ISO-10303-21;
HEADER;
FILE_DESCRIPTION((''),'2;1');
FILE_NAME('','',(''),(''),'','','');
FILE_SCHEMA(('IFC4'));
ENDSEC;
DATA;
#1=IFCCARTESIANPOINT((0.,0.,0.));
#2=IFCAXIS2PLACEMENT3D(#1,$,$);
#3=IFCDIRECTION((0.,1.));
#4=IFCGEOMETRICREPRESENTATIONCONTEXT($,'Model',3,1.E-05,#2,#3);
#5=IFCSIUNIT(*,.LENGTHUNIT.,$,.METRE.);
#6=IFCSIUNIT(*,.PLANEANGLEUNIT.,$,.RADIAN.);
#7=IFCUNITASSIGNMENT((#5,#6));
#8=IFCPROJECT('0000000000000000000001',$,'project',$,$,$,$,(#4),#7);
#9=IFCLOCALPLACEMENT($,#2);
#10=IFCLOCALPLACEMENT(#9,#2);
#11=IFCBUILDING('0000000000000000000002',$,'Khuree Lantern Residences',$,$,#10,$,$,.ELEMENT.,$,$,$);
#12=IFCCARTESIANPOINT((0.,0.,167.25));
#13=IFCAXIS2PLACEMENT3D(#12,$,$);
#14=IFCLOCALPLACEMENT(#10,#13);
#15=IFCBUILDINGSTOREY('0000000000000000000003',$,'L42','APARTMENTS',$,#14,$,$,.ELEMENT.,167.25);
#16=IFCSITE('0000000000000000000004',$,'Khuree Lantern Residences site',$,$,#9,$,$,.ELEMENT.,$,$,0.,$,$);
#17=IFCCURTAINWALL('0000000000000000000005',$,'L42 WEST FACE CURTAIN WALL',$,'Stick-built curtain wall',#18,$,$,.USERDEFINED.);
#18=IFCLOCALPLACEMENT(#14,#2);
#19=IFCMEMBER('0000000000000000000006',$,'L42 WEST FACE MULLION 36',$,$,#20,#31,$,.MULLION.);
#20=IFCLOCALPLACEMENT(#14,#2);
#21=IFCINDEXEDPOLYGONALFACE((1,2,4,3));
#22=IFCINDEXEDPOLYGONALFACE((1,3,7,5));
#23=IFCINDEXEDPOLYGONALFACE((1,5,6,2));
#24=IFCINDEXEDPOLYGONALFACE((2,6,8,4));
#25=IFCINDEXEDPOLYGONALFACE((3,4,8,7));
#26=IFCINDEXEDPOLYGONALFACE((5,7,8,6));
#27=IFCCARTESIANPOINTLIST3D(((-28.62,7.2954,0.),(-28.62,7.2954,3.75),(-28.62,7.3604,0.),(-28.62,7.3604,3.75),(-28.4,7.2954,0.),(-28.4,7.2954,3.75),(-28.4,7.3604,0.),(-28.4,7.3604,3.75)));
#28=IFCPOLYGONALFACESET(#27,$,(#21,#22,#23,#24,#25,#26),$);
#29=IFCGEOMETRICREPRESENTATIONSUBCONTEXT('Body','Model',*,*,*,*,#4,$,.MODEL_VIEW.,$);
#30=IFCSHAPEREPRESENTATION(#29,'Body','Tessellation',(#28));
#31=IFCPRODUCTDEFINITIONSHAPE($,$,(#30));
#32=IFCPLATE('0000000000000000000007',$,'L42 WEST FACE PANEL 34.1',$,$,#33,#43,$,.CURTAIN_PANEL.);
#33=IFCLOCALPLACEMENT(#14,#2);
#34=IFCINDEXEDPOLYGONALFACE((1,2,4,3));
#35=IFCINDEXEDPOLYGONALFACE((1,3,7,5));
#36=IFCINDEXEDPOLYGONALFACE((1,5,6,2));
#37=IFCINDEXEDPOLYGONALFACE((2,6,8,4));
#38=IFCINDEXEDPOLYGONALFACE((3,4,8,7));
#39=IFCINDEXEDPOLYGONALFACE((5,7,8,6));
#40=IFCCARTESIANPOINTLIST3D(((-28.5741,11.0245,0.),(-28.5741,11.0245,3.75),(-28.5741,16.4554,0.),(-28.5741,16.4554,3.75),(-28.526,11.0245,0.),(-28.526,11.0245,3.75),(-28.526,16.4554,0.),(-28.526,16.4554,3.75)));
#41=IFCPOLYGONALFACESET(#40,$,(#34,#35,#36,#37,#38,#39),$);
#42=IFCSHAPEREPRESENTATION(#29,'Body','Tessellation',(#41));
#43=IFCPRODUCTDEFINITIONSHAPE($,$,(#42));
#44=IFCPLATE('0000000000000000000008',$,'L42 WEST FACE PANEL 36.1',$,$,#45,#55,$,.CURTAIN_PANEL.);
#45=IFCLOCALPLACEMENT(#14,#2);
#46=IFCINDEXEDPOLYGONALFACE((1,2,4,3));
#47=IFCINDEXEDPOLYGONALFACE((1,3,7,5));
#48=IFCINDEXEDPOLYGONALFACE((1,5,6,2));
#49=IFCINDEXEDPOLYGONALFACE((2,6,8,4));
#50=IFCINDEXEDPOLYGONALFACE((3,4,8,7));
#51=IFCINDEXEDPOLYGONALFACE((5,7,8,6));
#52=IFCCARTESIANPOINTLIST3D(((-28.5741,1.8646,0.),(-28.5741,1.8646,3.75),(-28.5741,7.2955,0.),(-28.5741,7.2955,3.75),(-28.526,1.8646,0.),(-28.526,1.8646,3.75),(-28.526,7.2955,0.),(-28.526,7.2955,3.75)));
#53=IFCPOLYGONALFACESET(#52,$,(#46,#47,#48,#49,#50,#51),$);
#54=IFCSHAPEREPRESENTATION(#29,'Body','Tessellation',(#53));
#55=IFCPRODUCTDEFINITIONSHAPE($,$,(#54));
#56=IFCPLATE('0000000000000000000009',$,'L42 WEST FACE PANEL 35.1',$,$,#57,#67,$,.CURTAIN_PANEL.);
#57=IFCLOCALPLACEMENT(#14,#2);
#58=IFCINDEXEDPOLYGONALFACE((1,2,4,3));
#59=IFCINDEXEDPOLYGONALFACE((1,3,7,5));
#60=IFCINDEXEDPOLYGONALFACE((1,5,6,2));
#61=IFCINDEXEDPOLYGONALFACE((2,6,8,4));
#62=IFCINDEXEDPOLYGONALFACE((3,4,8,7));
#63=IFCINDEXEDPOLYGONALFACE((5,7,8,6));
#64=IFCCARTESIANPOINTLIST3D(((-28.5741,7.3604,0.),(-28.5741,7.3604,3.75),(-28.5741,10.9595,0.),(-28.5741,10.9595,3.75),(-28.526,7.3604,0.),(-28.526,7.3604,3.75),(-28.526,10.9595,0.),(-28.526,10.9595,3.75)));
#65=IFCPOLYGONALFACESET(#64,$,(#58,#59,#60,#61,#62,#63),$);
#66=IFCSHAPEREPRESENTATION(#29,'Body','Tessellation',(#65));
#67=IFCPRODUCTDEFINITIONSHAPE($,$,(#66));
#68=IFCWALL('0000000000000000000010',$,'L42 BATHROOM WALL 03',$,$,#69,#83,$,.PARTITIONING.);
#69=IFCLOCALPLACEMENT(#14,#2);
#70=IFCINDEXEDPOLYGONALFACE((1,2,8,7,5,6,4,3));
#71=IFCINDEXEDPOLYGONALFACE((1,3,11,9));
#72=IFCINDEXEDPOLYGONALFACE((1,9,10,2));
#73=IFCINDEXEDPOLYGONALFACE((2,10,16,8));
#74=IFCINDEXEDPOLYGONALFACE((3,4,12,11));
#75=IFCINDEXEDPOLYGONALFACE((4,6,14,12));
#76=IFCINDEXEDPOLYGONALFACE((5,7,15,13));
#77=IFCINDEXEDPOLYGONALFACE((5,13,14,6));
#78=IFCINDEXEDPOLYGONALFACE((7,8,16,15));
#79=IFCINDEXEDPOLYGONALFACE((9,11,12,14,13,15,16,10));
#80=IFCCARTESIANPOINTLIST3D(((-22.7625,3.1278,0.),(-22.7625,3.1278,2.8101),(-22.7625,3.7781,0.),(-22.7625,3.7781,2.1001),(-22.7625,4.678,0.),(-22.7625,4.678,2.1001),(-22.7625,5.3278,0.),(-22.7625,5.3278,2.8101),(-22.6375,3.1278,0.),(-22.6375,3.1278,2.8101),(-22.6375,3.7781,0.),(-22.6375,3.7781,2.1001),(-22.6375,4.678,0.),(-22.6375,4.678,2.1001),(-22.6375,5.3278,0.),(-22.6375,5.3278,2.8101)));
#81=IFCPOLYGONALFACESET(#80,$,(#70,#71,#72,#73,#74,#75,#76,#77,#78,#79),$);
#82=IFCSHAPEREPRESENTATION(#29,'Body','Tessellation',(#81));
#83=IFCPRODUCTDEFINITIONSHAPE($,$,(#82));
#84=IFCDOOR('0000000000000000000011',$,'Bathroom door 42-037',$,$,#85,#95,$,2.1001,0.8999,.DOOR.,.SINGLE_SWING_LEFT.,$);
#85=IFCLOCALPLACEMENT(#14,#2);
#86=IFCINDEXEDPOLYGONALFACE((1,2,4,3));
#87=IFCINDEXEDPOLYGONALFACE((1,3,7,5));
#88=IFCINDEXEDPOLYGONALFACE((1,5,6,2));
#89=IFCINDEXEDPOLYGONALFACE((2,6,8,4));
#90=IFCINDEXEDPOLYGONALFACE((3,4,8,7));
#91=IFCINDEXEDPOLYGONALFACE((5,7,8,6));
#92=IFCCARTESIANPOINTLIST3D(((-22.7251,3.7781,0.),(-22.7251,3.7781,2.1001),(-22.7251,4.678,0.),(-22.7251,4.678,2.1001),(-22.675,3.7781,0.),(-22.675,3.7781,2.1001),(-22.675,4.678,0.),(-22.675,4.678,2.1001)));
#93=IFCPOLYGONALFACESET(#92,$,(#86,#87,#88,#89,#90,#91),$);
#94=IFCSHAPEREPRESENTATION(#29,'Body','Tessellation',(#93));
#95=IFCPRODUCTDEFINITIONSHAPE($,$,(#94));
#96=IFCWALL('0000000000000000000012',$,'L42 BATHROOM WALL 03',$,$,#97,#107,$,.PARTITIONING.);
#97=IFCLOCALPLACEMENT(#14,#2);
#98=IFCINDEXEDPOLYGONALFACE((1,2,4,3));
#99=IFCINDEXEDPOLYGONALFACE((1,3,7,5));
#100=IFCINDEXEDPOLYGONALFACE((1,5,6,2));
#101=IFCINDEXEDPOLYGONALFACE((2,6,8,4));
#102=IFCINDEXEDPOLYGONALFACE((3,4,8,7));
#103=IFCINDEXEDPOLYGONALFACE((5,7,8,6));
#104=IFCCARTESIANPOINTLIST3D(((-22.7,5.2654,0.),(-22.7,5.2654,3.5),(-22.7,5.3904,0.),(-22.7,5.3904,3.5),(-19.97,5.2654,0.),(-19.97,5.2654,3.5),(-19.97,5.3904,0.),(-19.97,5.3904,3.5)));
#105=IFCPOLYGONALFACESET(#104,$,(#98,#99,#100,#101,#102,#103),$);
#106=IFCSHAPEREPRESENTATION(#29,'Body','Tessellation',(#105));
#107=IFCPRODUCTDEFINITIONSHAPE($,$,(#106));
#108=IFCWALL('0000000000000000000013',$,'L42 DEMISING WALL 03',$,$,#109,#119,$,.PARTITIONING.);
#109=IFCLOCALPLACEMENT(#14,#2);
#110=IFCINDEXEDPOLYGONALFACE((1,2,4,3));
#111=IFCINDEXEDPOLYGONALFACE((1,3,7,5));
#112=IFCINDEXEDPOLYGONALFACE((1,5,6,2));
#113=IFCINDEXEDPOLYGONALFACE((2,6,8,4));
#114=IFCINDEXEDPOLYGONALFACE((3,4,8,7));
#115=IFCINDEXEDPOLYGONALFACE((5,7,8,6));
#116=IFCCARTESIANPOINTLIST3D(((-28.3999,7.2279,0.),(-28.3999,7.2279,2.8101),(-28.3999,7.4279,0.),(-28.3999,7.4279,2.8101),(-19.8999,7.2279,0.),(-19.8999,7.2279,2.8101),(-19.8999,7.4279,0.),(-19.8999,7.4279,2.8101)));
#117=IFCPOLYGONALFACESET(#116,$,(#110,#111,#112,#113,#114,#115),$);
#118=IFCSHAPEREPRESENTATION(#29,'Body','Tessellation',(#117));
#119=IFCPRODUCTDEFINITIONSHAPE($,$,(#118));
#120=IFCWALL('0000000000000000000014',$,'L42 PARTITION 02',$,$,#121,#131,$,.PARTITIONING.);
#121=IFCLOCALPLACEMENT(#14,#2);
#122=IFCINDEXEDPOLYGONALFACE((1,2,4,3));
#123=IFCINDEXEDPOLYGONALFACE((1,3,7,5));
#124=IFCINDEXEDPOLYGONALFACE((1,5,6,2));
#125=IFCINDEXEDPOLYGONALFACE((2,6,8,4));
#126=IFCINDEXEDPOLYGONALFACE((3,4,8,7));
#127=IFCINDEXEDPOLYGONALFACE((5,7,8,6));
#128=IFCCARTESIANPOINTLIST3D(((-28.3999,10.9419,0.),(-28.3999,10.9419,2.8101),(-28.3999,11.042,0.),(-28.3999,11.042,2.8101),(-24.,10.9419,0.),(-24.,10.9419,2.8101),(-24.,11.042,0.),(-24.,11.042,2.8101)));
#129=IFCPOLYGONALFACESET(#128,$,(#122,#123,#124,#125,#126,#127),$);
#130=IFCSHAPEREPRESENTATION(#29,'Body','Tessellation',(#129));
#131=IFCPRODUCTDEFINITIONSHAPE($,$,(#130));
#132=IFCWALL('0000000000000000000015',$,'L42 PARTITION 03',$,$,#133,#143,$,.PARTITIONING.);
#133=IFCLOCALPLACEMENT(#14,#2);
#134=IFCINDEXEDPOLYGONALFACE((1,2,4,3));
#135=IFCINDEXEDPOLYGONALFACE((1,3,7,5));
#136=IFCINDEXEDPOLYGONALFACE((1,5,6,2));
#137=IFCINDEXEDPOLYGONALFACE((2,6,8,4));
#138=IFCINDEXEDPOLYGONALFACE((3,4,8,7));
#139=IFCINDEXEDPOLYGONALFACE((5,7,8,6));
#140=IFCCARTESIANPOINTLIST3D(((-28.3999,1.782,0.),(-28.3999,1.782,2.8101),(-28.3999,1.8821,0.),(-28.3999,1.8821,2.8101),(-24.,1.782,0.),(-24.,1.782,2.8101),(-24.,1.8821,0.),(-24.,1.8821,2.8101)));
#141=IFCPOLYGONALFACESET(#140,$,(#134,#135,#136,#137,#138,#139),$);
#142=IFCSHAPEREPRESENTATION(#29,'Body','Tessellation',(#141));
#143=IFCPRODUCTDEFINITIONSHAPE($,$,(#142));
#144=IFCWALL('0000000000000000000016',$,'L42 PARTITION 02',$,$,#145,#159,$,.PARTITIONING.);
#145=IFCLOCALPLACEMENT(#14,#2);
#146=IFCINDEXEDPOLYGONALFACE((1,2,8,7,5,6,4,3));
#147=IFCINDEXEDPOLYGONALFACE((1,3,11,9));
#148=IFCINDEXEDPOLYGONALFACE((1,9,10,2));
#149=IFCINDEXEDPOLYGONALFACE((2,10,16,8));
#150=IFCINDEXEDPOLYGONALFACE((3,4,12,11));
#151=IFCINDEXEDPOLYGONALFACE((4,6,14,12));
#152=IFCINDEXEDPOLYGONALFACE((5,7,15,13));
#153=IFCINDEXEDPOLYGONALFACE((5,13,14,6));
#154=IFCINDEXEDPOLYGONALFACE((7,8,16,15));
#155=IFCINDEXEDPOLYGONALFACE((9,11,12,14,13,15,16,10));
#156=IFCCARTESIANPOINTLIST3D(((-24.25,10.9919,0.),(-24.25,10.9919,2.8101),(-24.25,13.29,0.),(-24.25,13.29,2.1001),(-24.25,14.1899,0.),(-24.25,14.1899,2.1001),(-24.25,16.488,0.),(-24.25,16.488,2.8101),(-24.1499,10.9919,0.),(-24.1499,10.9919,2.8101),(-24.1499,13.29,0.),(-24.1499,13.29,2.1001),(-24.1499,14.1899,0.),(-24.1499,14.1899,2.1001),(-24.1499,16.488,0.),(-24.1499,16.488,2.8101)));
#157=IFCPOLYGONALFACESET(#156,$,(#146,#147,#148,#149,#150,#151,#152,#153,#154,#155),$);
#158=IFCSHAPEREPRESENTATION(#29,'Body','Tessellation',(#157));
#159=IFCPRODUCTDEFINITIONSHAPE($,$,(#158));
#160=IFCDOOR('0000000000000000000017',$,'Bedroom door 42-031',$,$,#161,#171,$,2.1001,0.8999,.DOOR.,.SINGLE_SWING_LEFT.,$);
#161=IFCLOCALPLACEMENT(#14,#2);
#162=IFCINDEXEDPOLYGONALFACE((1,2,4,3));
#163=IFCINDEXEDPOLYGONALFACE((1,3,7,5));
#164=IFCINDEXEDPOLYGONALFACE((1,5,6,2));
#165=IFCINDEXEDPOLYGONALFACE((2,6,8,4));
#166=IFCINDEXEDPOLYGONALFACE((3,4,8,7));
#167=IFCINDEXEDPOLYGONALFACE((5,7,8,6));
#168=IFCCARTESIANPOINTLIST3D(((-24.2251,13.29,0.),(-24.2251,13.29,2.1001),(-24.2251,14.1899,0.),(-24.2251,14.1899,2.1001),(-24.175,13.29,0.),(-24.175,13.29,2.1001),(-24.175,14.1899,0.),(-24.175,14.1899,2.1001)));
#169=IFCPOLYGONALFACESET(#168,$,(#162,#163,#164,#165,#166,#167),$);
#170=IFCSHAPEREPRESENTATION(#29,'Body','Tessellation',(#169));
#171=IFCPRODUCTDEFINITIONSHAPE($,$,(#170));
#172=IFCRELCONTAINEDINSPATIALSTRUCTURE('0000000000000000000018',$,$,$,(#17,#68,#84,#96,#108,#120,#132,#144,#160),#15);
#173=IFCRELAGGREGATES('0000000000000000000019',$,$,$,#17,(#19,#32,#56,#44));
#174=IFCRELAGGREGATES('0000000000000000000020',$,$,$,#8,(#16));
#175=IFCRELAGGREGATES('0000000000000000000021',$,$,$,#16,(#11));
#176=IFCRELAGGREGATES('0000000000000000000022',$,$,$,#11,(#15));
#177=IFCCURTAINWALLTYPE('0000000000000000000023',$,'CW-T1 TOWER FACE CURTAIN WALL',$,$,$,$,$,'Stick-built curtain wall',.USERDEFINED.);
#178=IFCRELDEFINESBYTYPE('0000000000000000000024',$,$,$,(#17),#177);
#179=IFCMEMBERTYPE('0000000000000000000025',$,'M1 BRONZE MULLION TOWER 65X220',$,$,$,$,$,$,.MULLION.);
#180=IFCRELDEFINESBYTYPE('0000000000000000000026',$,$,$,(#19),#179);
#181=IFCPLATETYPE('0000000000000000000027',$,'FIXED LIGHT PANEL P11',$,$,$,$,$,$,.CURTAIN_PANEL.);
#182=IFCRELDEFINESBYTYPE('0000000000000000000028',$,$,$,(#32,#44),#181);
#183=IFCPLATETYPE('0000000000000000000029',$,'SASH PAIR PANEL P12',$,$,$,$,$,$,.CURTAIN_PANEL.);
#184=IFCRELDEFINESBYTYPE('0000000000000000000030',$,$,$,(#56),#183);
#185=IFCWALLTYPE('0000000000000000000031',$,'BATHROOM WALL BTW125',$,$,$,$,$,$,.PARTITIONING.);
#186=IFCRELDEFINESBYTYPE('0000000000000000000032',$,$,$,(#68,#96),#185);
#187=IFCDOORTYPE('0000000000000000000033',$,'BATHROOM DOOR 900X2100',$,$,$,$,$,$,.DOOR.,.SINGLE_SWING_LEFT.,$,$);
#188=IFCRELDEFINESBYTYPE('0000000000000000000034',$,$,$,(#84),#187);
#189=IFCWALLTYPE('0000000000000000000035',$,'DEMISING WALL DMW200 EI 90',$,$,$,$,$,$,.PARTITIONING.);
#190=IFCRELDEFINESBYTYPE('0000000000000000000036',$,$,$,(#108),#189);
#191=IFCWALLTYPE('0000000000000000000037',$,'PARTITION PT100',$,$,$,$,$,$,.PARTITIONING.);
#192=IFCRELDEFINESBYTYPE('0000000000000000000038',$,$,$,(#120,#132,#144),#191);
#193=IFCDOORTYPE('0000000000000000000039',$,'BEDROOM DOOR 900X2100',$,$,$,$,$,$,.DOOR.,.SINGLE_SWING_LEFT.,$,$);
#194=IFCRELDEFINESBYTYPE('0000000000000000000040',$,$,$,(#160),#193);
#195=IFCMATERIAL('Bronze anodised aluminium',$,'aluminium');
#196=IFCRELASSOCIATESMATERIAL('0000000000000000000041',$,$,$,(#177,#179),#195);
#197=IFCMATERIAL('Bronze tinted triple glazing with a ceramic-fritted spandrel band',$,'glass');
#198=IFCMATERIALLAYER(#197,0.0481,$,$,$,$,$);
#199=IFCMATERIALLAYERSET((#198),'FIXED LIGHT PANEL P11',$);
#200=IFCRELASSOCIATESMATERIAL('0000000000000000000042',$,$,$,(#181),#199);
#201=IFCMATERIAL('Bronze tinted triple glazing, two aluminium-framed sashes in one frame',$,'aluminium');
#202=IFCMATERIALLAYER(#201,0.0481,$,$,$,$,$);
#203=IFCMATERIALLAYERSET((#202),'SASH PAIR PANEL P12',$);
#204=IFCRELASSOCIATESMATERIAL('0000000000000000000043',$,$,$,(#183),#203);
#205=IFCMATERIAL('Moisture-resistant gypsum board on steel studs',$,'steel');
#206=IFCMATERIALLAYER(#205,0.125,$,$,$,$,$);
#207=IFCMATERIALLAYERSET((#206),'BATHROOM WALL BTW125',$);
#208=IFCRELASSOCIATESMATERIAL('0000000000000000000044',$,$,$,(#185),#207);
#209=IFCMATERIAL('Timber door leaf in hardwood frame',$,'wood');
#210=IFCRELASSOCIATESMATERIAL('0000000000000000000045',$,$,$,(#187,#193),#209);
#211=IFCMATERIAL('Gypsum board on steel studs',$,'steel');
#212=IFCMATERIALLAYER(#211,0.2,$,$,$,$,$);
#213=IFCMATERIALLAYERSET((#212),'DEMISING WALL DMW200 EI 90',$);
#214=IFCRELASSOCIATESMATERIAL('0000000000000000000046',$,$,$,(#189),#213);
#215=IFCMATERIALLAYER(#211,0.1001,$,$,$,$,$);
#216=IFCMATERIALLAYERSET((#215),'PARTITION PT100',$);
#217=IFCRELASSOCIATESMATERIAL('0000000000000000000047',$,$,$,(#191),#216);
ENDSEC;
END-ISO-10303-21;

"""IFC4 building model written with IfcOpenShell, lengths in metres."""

from ifc_helpers import new_model, si_unit, direction, frame, frame_2d, origin, origin_2d, place, context, subcontext, project, spatial, rectangle, extrude, material, layer, layer_set, material_profile, profile_set, type_object, element, fill, aggregate, save


model = new_model("IFC4")

# Units and contexts
model_context = context("Model", 3, precision=1e-05, world=origin(), true_north=direction((0.0, 1.0)))
body_context = subcontext(model_context, "Body", "Model", "MODEL_VIEW")
ifc_project = project(units=[si_unit("LENGTHUNIT", "METRE"), si_unit("PLANEANGLEUNIT", "RADIAN")], contexts=[model_context])

# Site, building, storey
site_placement = place(None, origin())
site = spatial("IfcSite", under=ifc_project, at=site_placement, Name="Khuree Lantern Residences site", CompositionType="ELEMENT", RefElevation=0.0)
building_placement = place(site_placement, origin())
building = spatial("IfcBuilding", under=site, at=building_placement, Name="Khuree Lantern Residences", CompositionType="ELEMENT")
storey_placement = place(building_placement, frame((0.0, 0.0, 167.25)))
storey = spatial("IfcBuildingStorey", under=building, at=storey_placement, Name="L42", Description="APARTMENTS", CompositionType="ELEMENT", Elevation=167.25)

# Curtain wall
ifc_material_1 = material(Name="Bronze anodised aluminium", Category="aluminium")
curtain_wall_type = type_object("IfcCurtainWallType", Name="CW-T1 TOWER FACE CURTAIN WALL", ElementType="Stick-built curtain wall", PredefinedType="USERDEFINED", material=ifc_material_1)
curtain_wall_placement = place(storey_placement, origin())
curtain_wall = element("IfcCurtainWall", 1, at=curtain_wall_placement, inside=storey, type_object=curtain_wall_type, Name="L42 WEST FACE CURTAIN WALL", ObjectType="Stick-built curtain wall", PredefinedType="USERDEFINED")

# Member
ifc_material_profile_1 = material_profile(ifc_material_1, rectangle(XDim=0.0649, YDim=0.22, at=origin_2d()), Name="M1 65X220")
ifc_profile_set_1 = profile_set([ifc_material_profile_1], Name="Bronze anodised aluminium")
member_type_1 = type_object("IfcMemberType", Name="M1 BRONZE MULLION TOWER 65X220", PredefinedType="MULLION", material=ifc_profile_set_1)
member_1_placement = place(storey_placement, frame((-28.51, 7.3279, 0.0), z_axis=(0.0, 0.0, 1.0), x_axis=(0.0, -1.0, 0.0)))
member_1 = element("IfcMember", 2, at=member_1_placement, type_object=member_type_1, Name="L42 WEST FACE MULLION 36", PredefinedType="MULLION", context=body_context, shape_type="SweptSolid", body=[
    extrude(rectangle(XDim=0.0649, YDim=0.22, at=origin_2d()), origin(), (0.0, 0.0, 1.0), 3.75),
])

# Plates
ifc_material_2 = material(Name="Bronze tinted triple glazing with a ceramic-fritted spandrel band", Category="glass")
ifc_layer_1 = layer(ifc_material_2, 0.0481)
ifc_layer_set_1 = layer_set([ifc_layer_1], Name="FIXED LIGHT PANEL P11")
plate_type_1 = type_object("IfcPlateType", Name="FIXED LIGHT PANEL P11", PredefinedType="CURTAIN_PANEL", material=ifc_layer_set_1)
plate_1_placement = place(storey_placement, frame((-28.55, 13.74, 0.0), z_axis=(0.0, 0.0, 1.0), x_axis=(0.0, -1.0, 0.0)))
plate_1 = element("IfcPlate", 3, at=plate_1_placement, type_object=plate_type_1, Name="L42 WEST FACE PANEL 34.1", PredefinedType="CURTAIN_PANEL", context=body_context, shape_type="SweptSolid", body=[
    extrude(rectangle(XDim=5.4309, YDim=0.0481, at=origin_2d()), origin(), (0.0, 0.0, 1.0), 3.75),
])
plate_2_placement = place(storey_placement, frame((-28.55, 4.5801, 0.0), z_axis=(0.0, 0.0, 1.0), x_axis=(0.0, -1.0, 0.0)))
plate_2 = element("IfcPlate", 4, at=plate_2_placement, type_object=plate_type_1, Name="L42 WEST FACE PANEL 36.1", PredefinedType="CURTAIN_PANEL", context=body_context, shape_type="SweptSolid", body=[
    extrude(rectangle(XDim=5.4309, YDim=0.0481, at=origin_2d()), origin(), (0.0, 0.0, 1.0), 3.75),
])
ifc_material_3 = material(Name="Bronze tinted triple glazing, two aluminium-framed sashes in one frame", Category="aluminium")
ifc_layer_2 = layer(ifc_material_3, 0.0481)
ifc_layer_set_2 = layer_set([ifc_layer_2], Name="SASH PAIR PANEL P12")
plate_type_2 = type_object("IfcPlateType", Name="SASH PAIR PANEL P12", PredefinedType="CURTAIN_PANEL", material=ifc_layer_set_2)
plate_3_placement = place(storey_placement, frame((-28.55, 9.1599, 0.0), z_axis=(0.0, 0.0, 1.0), x_axis=(0.0, -1.0, 0.0)))
plate_3 = element("IfcPlate", 5, at=plate_3_placement, type_object=plate_type_2, Name="L42 WEST FACE PANEL 35.1", PredefinedType="CURTAIN_PANEL", context=body_context, shape_type="SweptSolid", body=[
    extrude(rectangle(XDim=3.5991, YDim=0.0481, at=origin_2d()), origin(), (0.0, 0.0, 1.0), 3.75),
])
aggregate(curtain_wall, [member_1, plate_1, plate_3, plate_2])

# Wall, opening, door
ifc_material_4 = material(Name="Moisture-resistant gypsum board on steel studs", Category="steel")
ifc_layer_3 = layer(ifc_material_4, 0.125)
ifc_layer_set_3 = layer_set([ifc_layer_3], Name="BATHROOM WALL BTW125")
wall_type_1 = type_object("IfcWallType", Name="BATHROOM WALL BTW125", PredefinedType="PARTITIONING", material=ifc_layer_set_3)
wall_1_placement = place(storey_placement, frame((-22.7, 5.3279, 0.0), z_axis=(0.0, 0.0, 1.0), x_axis=(0.0, -1.0, 0.0)))
wall_1 = element("IfcWall", 6, at=wall_1_placement, inside=storey, type_object=wall_type_1, Name="L42 BATHROOM WALL 03", PredefinedType="PARTITIONING", context=body_context, shape_type="SweptSolid", body=[
    extrude(rectangle(XDim=2.2, YDim=0.125, at=frame_2d((1.1001, 0.0))), origin(), (0.0, 0.0, 1.0), 2.8101),
])
opening_1_placement = place(wall_1_placement, frame((0.6499, 0.0, 0.0)))
opening_1 = element("IfcOpeningElement", 7, at=opening_1_placement, cuts=wall_1, PredefinedType="OPENING", context=body_context, shape_type="SweptSolid", body=[
    extrude(rectangle(XDim=0.8999, YDim=2.1001, at=frame_2d((0.45, 1.05))), frame((0.0, 0.0725, 0.0), z_axis=(0.0, -1.0, 0.0), x_axis=(1.0, 0.0, 0.0)), (0.0, 0.0, 1.0), 0.145),
])
ifc_material_5 = material(Name="Timber door leaf in hardwood frame", Category="wood")
door_type_1 = type_object("IfcDoorType", Name="BATHROOM DOOR 900X2100", OperationType="SINGLE_SWING_LEFT", PredefinedType="DOOR", material=ifc_material_5)
door_1_placement = place(opening_1_placement, origin())
door_1 = element("IfcDoor", 8, at=door_1_placement, inside=storey, type_object=door_type_1, Name="Bathroom door 42-037", OperationType="SINGLE_SWING_LEFT", OverallHeight=2.1001, OverallWidth=0.8999, PredefinedType="DOOR", context=body_context, shape_type="SweptSolid", body=[
    extrude(rectangle(XDim=0.8999, YDim=2.1001, at=frame_2d((0.45, 1.05))), frame((0.0, 0.0249, 0.0), z_axis=(0.0, -1.0, 0.0), x_axis=(1.0, 0.0, 0.0)), (0.0, 0.0, 1.0), 0.05),
])
fill(opening_1, door_1)

# Walls
wall_2_placement = place(storey_placement, frame((-19.97, 5.3279, 0.0), z_axis=(0.0, 0.0, 1.0), x_axis=(-1.0, 0.0, 0.0)))
element("IfcWall", 9, at=wall_2_placement, inside=storey, type_object=wall_type_1, Name="L42 BATHROOM WALL 03", PredefinedType="PARTITIONING", context=body_context, shape_type="SweptSolid", body=[
    extrude(rectangle(XDim=2.73, YDim=0.125, at=frame_2d((1.365, 0.0))), origin(), (0.0, 0.0, 1.0), 3.5),
])
ifc_material_6 = material(Name="Gypsum board on steel studs", Category="steel")
ifc_layer_4 = layer(ifc_material_6, 0.2)
ifc_layer_set_4 = layer_set([ifc_layer_4], Name="DEMISING WALL DMW200 EI 90")
wall_type_2 = type_object("IfcWallType", Name="DEMISING WALL DMW200 EI 90", PredefinedType="PARTITIONING", material=ifc_layer_set_4)
wall_3_placement = place(storey_placement, frame((-19.8999, 7.3279, 0.0), z_axis=(0.0, 0.0, 1.0), x_axis=(-1.0, 0.0, 0.0)))
element("IfcWall", 10, at=wall_3_placement, inside=storey, type_object=wall_type_2, Name="L42 DEMISING WALL 03", PredefinedType="PARTITIONING", context=body_context, shape_type="SweptSolid", body=[
    extrude(rectangle(XDim=8.5, YDim=0.2, at=frame_2d((4.25, 0.0))), origin(), (0.0, 0.0, 1.0), 2.8101),
])
ifc_layer_5 = layer(ifc_material_6, 0.1001)
ifc_layer_set_5 = layer_set([ifc_layer_5], Name="PARTITION PT100")
wall_type_3 = type_object("IfcWallType", Name="PARTITION PT100", PredefinedType="PARTITIONING", material=ifc_layer_set_5)
for number, where, z_axis, x_axis, name in (
    (11, (-24.0, 10.9919, 0.0), (0.0, 0.0, 1.0), (-1.0, 0.0, 0.0), "L42 PARTITION 02"),
    (12, (-24.0, 1.832, 0.0), (0.0, 0.0, 1.0), (-1.0, 0.0, 0.0), "L42 PARTITION 03"),
):
    element("IfcWall", number, at=place(storey_placement, frame(where, z_axis=z_axis, x_axis=x_axis)), inside=storey, type_object=wall_type_3, Name=name, PredefinedType="PARTITIONING", context=body_context, shape_type="SweptSolid", body=[
        extrude(rectangle(XDim=4.3999, YDim=0.1001, at=frame_2d((2.2, 0.0))), origin(), (0.0, 0.0, 1.0), 2.8101),
    ])

# Wall, opening, door
wall_4_placement = place(storey_placement, frame((-24.2, 16.488, 0.0), z_axis=(0.0, 0.0, 1.0), x_axis=(0.0, -1.0, 0.0)))
wall_4 = element("IfcWall", 13, at=wall_4_placement, inside=storey, type_object=wall_type_3, Name="L42 PARTITION 02", PredefinedType="PARTITIONING", context=body_context, shape_type="SweptSolid", body=[
    extrude(rectangle(XDim=5.4961, YDim=0.1001, at=frame_2d((2.748, 0.0))), origin(), (0.0, 0.0, 1.0), 2.8101),
])
opening_2_placement = place(wall_4_placement, frame((2.2981, 0.0, 0.0)))
opening_2 = element("IfcOpeningElement", 14, at=opening_2_placement, cuts=wall_4, PredefinedType="OPENING", context=body_context, shape_type="SweptSolid", body=[
    extrude(rectangle(XDim=0.8999, YDim=2.1001, at=frame_2d((0.45, 1.05))), frame((0.0, 0.0601, 0.0), z_axis=(0.0, -1.0, 0.0), x_axis=(1.0, 0.0, 0.0)), (0.0, 0.0, 1.0), 0.1201),
])
door_type_2 = type_object("IfcDoorType", Name="BEDROOM DOOR 900X2100", OperationType="SINGLE_SWING_LEFT", PredefinedType="DOOR", material=ifc_material_5)
door_2_placement = place(opening_2_placement, origin())
door_2 = element("IfcDoor", 15, at=door_2_placement, inside=storey, type_object=door_type_2, Name="Bedroom door 42-031", OperationType="SINGLE_SWING_LEFT", OverallHeight=2.1001, OverallWidth=0.8999, PredefinedType="DOOR", context=body_context, shape_type="SweptSolid", body=[
    extrude(rectangle(XDim=0.8999, YDim=2.1001, at=frame_2d((0.45, 1.05))), frame((0.0, 0.0249, 0.0), z_axis=(0.0, -1.0, 0.0), x_axis=(1.0, 0.0, 0.0)), (0.0, 0.0, 1.0), 0.05),
])
fill(opening_2, door_2)

save(model, "model.ifc")
